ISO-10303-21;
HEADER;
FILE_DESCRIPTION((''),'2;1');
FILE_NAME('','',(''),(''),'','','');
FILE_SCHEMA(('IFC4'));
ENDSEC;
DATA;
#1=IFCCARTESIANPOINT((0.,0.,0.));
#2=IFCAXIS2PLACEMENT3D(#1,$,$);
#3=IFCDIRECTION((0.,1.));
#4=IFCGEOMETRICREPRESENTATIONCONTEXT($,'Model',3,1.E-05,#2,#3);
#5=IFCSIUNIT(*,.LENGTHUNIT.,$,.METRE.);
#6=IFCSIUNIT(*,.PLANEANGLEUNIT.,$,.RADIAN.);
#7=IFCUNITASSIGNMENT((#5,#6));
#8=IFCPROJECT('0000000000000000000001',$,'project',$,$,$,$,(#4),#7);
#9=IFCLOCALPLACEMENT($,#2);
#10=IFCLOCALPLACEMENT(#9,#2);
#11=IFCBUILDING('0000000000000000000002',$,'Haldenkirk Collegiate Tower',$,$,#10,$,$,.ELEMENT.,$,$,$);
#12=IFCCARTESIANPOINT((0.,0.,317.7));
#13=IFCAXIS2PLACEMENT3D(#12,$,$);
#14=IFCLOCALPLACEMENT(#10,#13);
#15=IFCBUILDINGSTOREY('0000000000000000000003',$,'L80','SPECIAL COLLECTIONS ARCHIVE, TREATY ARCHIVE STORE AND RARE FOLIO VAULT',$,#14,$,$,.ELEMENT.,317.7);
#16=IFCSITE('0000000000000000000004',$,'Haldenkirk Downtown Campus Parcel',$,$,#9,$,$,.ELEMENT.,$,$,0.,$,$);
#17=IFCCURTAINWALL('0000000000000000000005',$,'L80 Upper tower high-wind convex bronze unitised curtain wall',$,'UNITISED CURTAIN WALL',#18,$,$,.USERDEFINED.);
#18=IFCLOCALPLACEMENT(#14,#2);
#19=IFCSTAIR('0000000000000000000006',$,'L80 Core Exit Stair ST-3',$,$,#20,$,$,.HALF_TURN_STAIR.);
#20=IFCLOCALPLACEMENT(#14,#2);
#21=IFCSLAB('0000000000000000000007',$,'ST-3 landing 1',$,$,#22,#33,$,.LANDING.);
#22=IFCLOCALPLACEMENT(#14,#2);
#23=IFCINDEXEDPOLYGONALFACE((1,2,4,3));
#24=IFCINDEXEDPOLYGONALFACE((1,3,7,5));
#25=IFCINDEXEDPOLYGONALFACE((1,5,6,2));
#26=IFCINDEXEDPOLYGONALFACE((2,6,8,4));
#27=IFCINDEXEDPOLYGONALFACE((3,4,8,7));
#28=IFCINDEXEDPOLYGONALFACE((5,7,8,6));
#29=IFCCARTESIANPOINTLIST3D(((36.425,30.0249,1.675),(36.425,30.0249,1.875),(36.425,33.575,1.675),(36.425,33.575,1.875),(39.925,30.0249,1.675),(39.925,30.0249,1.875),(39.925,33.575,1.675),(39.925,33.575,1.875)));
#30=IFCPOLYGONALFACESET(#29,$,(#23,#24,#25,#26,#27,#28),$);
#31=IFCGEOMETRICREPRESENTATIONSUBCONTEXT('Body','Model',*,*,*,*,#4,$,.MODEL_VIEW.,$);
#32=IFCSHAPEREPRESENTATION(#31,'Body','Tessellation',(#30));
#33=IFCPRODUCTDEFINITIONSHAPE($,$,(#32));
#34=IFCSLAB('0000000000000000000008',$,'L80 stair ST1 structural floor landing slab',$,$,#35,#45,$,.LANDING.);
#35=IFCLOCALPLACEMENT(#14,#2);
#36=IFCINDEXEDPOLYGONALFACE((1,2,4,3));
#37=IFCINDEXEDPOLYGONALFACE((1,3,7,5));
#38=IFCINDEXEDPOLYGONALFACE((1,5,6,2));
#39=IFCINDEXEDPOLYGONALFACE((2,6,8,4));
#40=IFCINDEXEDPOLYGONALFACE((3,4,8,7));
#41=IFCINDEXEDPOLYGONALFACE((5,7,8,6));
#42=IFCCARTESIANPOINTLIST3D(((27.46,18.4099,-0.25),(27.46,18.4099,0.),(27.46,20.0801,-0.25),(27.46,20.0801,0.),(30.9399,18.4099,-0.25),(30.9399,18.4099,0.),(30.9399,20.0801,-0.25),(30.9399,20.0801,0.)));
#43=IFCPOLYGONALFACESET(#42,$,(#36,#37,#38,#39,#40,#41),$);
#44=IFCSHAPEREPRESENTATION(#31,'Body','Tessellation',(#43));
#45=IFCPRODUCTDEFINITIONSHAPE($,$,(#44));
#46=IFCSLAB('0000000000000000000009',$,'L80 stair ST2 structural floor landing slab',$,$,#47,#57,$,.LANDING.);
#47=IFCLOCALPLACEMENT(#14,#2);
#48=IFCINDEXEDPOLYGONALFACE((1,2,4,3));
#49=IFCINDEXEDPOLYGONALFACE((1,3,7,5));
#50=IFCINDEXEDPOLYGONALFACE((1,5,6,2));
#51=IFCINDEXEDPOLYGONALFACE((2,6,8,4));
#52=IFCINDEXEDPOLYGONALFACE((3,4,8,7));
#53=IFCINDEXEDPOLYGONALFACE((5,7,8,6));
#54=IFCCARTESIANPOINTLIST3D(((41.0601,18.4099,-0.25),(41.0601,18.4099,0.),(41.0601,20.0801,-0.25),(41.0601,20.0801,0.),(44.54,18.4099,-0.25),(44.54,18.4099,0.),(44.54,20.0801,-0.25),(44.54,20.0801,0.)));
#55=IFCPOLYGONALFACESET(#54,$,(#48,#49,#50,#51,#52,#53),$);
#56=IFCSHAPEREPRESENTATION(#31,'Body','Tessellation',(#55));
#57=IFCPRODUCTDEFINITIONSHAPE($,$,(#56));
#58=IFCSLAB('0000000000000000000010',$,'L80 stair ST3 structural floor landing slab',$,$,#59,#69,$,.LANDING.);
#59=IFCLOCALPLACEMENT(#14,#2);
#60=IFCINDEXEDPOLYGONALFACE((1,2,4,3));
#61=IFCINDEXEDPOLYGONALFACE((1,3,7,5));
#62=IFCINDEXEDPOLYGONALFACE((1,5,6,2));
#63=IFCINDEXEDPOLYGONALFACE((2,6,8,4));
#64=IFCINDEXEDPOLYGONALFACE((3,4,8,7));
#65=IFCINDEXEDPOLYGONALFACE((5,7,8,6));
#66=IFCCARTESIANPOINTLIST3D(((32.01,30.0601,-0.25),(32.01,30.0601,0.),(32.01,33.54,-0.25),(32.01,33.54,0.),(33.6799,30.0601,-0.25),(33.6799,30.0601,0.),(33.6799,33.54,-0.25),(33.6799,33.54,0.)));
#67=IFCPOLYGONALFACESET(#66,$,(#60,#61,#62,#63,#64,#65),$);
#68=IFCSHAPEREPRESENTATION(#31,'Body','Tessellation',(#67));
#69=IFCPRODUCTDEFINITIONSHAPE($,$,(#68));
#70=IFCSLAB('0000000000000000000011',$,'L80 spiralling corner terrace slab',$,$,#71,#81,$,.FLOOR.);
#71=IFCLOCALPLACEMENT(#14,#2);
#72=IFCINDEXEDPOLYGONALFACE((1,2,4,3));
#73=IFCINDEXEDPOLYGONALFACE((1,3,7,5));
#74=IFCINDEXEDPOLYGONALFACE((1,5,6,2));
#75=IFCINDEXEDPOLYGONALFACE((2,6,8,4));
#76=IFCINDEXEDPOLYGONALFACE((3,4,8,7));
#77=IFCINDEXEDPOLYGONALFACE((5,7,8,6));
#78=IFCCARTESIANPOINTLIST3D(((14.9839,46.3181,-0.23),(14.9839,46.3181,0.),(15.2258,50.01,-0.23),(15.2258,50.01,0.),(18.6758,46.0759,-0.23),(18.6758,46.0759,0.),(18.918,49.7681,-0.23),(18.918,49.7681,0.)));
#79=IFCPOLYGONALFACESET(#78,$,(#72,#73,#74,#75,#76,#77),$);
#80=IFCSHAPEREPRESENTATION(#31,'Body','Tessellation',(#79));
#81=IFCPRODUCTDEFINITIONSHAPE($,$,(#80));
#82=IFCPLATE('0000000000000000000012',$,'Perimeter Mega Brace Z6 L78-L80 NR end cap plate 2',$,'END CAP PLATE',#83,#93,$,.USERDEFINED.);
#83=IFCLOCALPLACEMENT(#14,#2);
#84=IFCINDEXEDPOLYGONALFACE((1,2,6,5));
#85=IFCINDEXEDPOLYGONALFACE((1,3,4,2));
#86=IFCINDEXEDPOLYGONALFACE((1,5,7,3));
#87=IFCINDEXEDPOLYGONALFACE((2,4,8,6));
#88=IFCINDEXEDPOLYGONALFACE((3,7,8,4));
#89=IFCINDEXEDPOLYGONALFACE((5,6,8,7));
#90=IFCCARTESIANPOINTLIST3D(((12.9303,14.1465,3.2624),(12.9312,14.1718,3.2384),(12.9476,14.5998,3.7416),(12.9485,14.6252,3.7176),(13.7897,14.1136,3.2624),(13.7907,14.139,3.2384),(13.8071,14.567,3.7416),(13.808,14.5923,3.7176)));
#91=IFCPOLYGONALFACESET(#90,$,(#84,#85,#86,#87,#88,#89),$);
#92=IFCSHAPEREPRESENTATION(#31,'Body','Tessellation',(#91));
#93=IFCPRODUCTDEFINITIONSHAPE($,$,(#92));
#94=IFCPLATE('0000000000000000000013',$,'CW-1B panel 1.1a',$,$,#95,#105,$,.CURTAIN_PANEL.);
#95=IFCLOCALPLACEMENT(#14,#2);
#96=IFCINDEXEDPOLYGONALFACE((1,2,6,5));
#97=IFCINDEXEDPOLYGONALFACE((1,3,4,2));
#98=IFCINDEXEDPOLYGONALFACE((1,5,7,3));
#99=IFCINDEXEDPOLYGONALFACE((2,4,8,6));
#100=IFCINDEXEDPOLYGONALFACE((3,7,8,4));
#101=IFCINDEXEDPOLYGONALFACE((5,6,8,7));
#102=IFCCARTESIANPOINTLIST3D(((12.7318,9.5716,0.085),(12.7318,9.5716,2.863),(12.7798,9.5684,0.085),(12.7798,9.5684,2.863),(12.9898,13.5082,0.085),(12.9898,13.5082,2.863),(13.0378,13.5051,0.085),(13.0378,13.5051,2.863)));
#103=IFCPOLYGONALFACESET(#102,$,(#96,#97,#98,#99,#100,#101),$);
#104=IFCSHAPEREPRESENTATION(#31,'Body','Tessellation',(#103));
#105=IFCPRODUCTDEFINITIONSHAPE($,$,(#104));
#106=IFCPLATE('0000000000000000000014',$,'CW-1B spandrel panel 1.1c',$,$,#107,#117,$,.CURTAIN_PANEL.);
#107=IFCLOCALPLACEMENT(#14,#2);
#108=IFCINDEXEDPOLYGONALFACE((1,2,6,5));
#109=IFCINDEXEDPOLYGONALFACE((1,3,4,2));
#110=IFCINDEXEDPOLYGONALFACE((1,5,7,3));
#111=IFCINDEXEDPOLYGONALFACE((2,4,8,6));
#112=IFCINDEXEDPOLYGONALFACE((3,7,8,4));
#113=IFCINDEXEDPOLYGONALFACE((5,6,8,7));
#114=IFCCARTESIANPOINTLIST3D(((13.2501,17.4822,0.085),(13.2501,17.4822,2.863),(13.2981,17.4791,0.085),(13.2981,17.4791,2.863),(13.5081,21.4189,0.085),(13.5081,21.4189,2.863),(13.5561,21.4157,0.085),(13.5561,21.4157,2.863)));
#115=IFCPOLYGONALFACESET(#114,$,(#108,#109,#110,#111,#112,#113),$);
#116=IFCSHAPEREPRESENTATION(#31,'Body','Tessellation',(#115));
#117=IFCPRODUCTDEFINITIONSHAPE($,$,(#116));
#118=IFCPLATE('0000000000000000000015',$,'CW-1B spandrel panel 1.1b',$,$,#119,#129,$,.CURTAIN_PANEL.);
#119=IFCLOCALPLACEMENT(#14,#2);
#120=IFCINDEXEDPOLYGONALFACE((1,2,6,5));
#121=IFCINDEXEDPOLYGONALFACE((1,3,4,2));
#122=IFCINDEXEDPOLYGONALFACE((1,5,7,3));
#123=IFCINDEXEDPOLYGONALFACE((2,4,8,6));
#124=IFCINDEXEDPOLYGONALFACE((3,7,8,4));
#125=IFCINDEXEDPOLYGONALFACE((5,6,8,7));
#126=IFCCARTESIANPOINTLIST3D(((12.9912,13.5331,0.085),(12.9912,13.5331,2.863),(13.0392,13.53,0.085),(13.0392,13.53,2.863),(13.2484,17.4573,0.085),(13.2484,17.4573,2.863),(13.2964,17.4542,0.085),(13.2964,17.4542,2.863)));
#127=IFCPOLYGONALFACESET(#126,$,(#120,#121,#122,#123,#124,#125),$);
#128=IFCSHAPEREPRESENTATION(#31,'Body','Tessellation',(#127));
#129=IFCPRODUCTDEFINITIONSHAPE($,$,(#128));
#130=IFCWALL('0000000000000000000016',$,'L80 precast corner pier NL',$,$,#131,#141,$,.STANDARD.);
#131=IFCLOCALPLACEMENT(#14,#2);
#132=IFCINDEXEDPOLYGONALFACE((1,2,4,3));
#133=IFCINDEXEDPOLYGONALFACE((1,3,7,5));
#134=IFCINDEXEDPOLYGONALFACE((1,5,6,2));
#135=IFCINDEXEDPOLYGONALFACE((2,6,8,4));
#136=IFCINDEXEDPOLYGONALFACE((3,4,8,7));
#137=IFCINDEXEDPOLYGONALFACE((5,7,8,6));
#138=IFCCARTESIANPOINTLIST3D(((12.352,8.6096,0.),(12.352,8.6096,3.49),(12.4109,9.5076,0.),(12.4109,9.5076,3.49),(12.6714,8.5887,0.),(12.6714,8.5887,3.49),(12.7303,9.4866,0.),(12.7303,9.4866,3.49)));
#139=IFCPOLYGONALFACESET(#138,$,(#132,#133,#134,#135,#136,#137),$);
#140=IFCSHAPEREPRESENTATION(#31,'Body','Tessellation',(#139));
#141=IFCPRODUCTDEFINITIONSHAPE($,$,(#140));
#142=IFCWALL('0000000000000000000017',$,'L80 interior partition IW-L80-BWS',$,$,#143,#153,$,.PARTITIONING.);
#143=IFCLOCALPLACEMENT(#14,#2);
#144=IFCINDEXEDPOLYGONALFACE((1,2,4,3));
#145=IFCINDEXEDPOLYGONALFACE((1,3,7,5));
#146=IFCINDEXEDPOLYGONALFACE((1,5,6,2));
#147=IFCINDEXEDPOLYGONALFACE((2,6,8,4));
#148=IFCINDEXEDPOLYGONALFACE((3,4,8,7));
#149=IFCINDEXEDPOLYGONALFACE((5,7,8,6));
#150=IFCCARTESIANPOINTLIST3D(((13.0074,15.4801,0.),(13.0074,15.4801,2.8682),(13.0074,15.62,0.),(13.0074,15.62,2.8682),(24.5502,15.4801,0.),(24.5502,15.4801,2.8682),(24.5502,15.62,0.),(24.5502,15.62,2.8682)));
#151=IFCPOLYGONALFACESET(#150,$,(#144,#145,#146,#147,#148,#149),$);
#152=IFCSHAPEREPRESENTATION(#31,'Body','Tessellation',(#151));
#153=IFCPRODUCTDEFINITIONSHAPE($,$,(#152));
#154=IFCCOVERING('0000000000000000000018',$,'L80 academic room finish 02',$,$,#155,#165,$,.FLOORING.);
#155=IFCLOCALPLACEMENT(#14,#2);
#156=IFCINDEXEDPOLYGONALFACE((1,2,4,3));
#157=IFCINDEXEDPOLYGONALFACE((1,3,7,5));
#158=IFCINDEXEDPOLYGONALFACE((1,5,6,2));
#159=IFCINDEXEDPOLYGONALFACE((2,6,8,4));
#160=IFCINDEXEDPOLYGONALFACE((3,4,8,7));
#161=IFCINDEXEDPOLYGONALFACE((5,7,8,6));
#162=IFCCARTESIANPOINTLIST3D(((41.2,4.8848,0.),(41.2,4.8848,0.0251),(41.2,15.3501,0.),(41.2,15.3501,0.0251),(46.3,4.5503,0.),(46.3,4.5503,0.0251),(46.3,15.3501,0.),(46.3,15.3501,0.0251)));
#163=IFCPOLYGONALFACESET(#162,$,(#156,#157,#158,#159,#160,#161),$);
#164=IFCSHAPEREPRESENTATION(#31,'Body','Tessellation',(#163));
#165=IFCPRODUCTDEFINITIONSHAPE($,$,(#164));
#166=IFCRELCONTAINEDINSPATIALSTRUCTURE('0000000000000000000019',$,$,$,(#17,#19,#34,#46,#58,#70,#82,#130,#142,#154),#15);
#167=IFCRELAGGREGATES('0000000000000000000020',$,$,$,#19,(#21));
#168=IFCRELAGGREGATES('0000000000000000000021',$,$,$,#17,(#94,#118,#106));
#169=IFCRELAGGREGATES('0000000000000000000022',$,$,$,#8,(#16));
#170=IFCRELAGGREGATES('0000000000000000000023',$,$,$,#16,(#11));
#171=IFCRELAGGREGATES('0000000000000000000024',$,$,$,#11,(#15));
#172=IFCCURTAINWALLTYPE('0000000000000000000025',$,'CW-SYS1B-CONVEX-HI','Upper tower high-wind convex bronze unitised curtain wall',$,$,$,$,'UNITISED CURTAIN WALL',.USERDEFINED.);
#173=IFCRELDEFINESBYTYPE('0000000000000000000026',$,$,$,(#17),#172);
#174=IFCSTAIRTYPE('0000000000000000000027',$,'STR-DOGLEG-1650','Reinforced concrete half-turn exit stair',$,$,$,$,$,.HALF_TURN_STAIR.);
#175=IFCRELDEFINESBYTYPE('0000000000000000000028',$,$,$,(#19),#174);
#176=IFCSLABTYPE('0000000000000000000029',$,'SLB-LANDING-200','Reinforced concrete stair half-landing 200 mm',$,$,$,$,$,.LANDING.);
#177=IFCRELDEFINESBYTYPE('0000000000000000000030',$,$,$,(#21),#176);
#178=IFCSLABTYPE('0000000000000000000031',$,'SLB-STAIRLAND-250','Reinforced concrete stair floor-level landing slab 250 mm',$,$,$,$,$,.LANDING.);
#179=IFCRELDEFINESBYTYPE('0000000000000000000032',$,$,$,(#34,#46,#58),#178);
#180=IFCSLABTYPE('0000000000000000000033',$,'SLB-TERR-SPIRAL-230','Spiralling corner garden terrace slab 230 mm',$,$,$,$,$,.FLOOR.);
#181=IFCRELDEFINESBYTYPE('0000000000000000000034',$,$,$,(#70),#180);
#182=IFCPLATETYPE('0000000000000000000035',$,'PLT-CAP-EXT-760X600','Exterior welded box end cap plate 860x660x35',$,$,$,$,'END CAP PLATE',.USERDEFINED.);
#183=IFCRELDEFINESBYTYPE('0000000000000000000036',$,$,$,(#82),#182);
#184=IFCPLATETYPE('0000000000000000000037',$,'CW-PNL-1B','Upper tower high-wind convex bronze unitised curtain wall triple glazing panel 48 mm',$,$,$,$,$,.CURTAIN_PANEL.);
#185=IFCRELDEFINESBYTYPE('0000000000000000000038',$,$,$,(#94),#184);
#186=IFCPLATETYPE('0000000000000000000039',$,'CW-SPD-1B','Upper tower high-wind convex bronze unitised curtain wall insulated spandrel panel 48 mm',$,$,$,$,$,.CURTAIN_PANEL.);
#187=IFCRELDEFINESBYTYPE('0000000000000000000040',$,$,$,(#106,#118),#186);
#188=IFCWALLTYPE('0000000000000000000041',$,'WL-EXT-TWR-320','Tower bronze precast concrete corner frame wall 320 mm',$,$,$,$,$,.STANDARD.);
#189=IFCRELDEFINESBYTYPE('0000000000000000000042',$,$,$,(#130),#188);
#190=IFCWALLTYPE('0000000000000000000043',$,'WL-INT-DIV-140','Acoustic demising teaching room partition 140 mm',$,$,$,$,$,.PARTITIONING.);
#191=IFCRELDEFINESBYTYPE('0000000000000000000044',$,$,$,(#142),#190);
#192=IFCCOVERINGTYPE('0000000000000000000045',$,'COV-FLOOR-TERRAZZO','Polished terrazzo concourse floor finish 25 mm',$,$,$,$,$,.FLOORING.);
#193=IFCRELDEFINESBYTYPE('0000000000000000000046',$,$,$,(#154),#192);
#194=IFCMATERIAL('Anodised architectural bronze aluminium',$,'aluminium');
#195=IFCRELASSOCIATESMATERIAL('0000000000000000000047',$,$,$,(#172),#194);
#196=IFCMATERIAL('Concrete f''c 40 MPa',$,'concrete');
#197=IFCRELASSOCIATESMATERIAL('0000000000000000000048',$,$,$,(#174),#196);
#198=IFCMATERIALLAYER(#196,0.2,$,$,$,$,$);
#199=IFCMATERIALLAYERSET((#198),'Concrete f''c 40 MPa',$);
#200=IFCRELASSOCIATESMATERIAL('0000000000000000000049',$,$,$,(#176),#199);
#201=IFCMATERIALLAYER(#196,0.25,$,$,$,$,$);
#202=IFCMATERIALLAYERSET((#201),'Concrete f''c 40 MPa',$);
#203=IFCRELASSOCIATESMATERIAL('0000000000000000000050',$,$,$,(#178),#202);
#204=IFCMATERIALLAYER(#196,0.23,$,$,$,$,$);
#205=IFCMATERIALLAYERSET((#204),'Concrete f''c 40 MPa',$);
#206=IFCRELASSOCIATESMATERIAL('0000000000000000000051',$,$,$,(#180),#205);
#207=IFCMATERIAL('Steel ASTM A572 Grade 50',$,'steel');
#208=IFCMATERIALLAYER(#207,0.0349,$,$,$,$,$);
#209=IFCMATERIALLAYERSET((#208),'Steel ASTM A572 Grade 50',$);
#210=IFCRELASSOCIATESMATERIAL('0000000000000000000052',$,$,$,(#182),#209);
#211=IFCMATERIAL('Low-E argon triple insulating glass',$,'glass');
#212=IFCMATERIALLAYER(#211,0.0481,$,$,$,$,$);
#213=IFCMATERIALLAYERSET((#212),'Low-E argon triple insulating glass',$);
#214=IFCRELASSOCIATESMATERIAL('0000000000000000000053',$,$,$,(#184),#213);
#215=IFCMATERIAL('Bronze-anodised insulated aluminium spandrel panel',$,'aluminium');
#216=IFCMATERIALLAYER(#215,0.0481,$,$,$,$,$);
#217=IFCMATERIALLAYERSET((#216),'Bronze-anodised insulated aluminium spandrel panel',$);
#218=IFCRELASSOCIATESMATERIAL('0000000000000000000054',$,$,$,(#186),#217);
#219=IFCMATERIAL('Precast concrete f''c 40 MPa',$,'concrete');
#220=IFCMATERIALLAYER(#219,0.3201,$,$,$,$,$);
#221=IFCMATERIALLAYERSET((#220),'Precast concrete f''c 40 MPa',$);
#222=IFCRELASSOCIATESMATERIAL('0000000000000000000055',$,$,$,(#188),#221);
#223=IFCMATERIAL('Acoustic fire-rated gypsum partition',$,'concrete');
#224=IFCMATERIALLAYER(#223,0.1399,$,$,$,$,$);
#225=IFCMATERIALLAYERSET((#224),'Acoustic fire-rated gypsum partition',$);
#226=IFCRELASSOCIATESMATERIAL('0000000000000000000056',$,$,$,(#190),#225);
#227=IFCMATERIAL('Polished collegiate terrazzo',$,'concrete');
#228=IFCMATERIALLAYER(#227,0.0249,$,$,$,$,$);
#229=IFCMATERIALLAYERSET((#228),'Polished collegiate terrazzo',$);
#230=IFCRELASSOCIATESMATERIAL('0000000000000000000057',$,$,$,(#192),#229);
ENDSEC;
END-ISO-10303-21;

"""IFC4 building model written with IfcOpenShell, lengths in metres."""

from ifc_helpers import new_model, si_unit, direction, frame, frame_2d, origin, origin_2d, place, context, subcontext, project, spatial, polyline, rectangle, outline, extrude, source, transform, mapped, material, layer, layer_set, type_object, element, aggregate, save


model = new_model("IFC4")

# Units and contexts
model_context = context("Model", 3, precision=1e-05, world=origin(), true_north=direction((0.0, 1.0)))
body_context = subcontext(model_context, "Body", "Model", "MODEL_VIEW")
ifc_project = project(units=[si_unit("LENGTHUNIT", "METRE"), si_unit("PLANEANGLEUNIT", "RADIAN")], contexts=[model_context])

# Site, building, storey
site_placement = place(None, origin())
site = spatial("IfcSite", under=ifc_project, at=site_placement, Name="Haldenkirk Downtown Campus Parcel", CompositionType="ELEMENT", RefElevation=0.0)
building_placement = place(site_placement, origin())
building = spatial("IfcBuilding", under=site, at=building_placement, Name="Haldenkirk Collegiate Tower", CompositionType="ELEMENT")
storey_placement = place(building_placement, frame((0.0, 0.0, 317.7)))
storey = spatial("IfcBuildingStorey", under=building, at=storey_placement, Name="L80", Description="SPECIAL COLLECTIONS ARCHIVE, TREATY ARCHIVE STORE AND RARE FOLIO VAULT", CompositionType="ELEMENT", Elevation=317.7)

# Curtain wall
ifc_material_1 = material(Name="Anodised architectural bronze aluminium", Category="aluminium")
curtain_wall_type = type_object("IfcCurtainWallType", Name="CW-SYS1B-CONVEX-HI", Description="Upper tower high-wind convex bronze unitised curtain wall", ElementType="UNITISED CURTAIN WALL", PredefinedType="USERDEFINED", material=ifc_material_1)
curtain_wall_placement = place(storey_placement, origin())
curtain_wall = element("IfcCurtainWall", 1, at=curtain_wall_placement, inside=storey, type_object=curtain_wall_type, Name="L80 Upper tower high-wind convex bronze unitised curtain wall", ObjectType="UNITISED CURTAIN WALL", PredefinedType="USERDEFINED")

# Shared definitions
ifc_material_2 = material(Name="Concrete f'c 40 MPa", Category="concrete")

# Stair, slab
stair_type = type_object("IfcStairType", Name="STR-DOGLEG-1650", Description="Reinforced concrete half-turn exit stair", PredefinedType="HALF_TURN_STAIR", material=ifc_material_2)
ifc_layer_1 = layer(ifc_material_2, 0.2)
ifc_layer_set_1 = layer_set([ifc_layer_1], Name="Concrete f'c 40 MPa")
slab_type_1 = type_object("IfcSlabType", Name="SLB-LANDING-200", Description="Reinforced concrete stair half-landing 200 mm", PredefinedType="LANDING", material=ifc_layer_set_1)
stair_1_placement = place(storey_placement, origin())
stair_1 = element("IfcStair", 2, at=stair_1_placement, inside=storey, type_object=stair_type, Name="L80 Core Exit Stair ST-3", PredefinedType="HALF_TURN_STAIR")
slab_1_placement = place(storey_placement, frame((0.0, 0.0, 1.675)))
slab_1 = element("IfcSlab", 3, at=slab_1_placement, type_object=slab_type_1, Name="ST-3 landing 1", PredefinedType="LANDING", context=body_context, shape_type="SweptSolid", body=[
    extrude(outline(polyline([(36.425, 30.0249), (36.425, 33.575), (39.925, 33.575), (39.925, 30.0249), (36.425, 30.0249)])), origin(), (0.0, 0.0, 1.0), 0.2),
])
aggregate(stair_1, [slab_1])

# Slabs
ifc_layer_2 = layer(ifc_material_2, 0.25)
ifc_layer_set_2 = layer_set([ifc_layer_2], Name="Concrete f'c 40 MPa")
slab_type_2 = type_object("IfcSlabType", Name="SLB-STAIRLAND-250", Description="Reinforced concrete stair floor-level landing slab 250 mm", PredefinedType="LANDING", material=ifc_layer_set_2)
slab_2_placement = place(storey_placement, frame((0.0, 0.0, -0.25)))
element("IfcSlab", 4, at=slab_2_placement, inside=storey, type_object=slab_type_2, Name="L80 stair ST1 structural floor landing slab", PredefinedType="LANDING", context=body_context, shape_type="SweptSolid", body=[
    extrude(outline(polyline([(27.46, 18.4099), (30.9399, 18.4099), (30.9399, 20.0801), (27.46, 20.0801), (27.46, 18.4099)])), origin(), (0.0, 0.0, 1.0), 0.25),
])
slab_3_placement = place(storey_placement, frame((0.0, 0.0, -0.25)))
element("IfcSlab", 5, at=slab_3_placement, inside=storey, type_object=slab_type_2, Name="L80 stair ST2 structural floor landing slab", PredefinedType="LANDING", context=body_context, shape_type="SweptSolid", body=[
    extrude(outline(polyline([(41.0601, 18.4099), (44.54, 18.4099), (44.54, 20.0801), (41.0601, 20.0801), (41.0601, 18.4099)])), origin(), (0.0, 0.0, 1.0), 0.25),
])
slab_4_placement = place(storey_placement, frame((0.0, 0.0, -0.25)))
element("IfcSlab", 6, at=slab_4_placement, inside=storey, type_object=slab_type_2, Name="L80 stair ST3 structural floor landing slab", PredefinedType="LANDING", context=body_context, shape_type="SweptSolid", body=[
    extrude(outline(polyline([(32.01, 30.0601), (33.6799, 30.0601), (33.6799, 33.54), (32.01, 33.54), (32.01, 30.0601)])), origin(), (0.0, 0.0, 1.0), 0.25),
])
ifc_layer_3 = layer(ifc_material_2, 0.23)
ifc_layer_set_3 = layer_set([ifc_layer_3], Name="Concrete f'c 40 MPa")
slab_type_3 = type_object("IfcSlabType", Name="SLB-TERR-SPIRAL-230", Description="Spiralling corner garden terrace slab 230 mm", PredefinedType="FLOOR", material=ifc_layer_set_3)
slab_5_placement = place(storey_placement, frame((0.0, 0.0, -0.23)))
element("IfcSlab", 7, at=slab_5_placement, inside=storey, type_object=slab_type_3, Name="L80 spiralling corner terrace slab", PredefinedType="FLOOR", context=body_context, shape_type="SweptSolid", body=[
    extrude(outline(polyline([(18.6758, 46.0759), (18.918, 49.7681), (15.2258, 50.01), (14.9839, 46.3181), (18.6758, 46.0759)])), origin(), (0.0, 0.0, 1.0), 0.23),
])

# Plates
ifc_material_3 = material(Name="Steel ASTM A572 Grade 50", Category="steel")
ifc_layer_4 = layer(ifc_material_3, 0.0349)
ifc_layer_set_4 = layer_set([ifc_layer_4], Name="Steel ASTM A572 Grade 50")
plate_type_1 = type_object("IfcPlateType", Name="PLT-CAP-EXT-760X600", Description="Exterior welded box end cap plate 860x660x35", ElementType="END CAP PLATE", PredefinedType="USERDEFINED", material=ifc_layer_set_4)
shared_shape_1 = source(origin(), body_context, "Body", "SweptSolid", [
    extrude(rectangle(XDim=0.8601, YDim=0.6599, at=origin_2d()), origin(), (0.0, 0.0, 1.0), 0.0349),
])
plate_1_placement = place(storey_placement, frame((13.3696, 14.3821, 3.478), z_axis=(-0.02772, -0.725653, 0.687502), x_axis=(0.999271, -0.038172, 0.0)))
element("IfcPlate", 8, at=plate_1_placement, inside=storey, type_object=plate_type_1, Name="Perimeter Mega Brace Z6 L78-L80 NR end cap plate 2", ObjectType="END CAP PLATE", PredefinedType="USERDEFINED", context=body_context, shape_type="MappedRepresentation", body=[
    mapped(shared_shape_1, transform((0.0, 0.0, 0.0), x_axis=(1.0, 0.0, 0.0), y_axis=(0.0, 1.0, 0.0), z_axis=(0.0, 0.0, 1.0), scale=1.0)),
])
ifc_material_4 = material(Name="Low-E argon triple insulating glass", Category="glass")
ifc_layer_5 = layer(ifc_material_4, 0.0481)
ifc_layer_set_5 = layer_set([ifc_layer_5], Name="Low-E argon triple insulating glass")
plate_type_2 = type_object("IfcPlateType", Name="CW-PNL-1B", Description="Upper tower high-wind convex bronze unitised curtain wall triple glazing panel 48 mm", PredefinedType="CURTAIN_PANEL", material=ifc_layer_set_5)
shared_shape_2 = source(origin(), body_context, "Body", "SweptSolid", [
    extrude(rectangle(XDim=3.9451, YDim=0.0481, at=origin_2d()), origin(), (0.0, 0.0, 1.0), 2.7781),
])
plate_2_placement = place(storey_placement, frame((12.8848, 11.5383, 0.085), z_axis=(0.0, 0.0, 1.0), x_axis=(0.065403, 0.997859, 0.0)))
plate_2 = element("IfcPlate", 9, at=plate_2_placement, type_object=plate_type_2, Name="CW-1B panel 1.1a", PredefinedType="CURTAIN_PANEL", context=body_context, shape_type="MappedRepresentation", body=[
    mapped(shared_shape_2, transform((0.0, 0.0, 0.0), x_axis=(1.0, 0.0, 0.0), y_axis=(0.0, 1.0, 0.0), z_axis=(0.0, 0.0, 1.0), scale=1.0)),
])
ifc_material_5 = material(Name="Bronze-anodised insulated aluminium spandrel panel", Category="aluminium")
ifc_layer_6 = layer(ifc_material_5, 0.0481)
ifc_layer_set_6 = layer_set([ifc_layer_6], Name="Bronze-anodised insulated aluminium spandrel panel")
plate_type_3 = type_object("IfcPlateType", Name="CW-SPD-1B", Description="Upper tower high-wind convex bronze unitised curtain wall insulated spandrel panel 48 mm", PredefinedType="CURTAIN_PANEL", material=ifc_layer_set_6)
plate_3_placement = place(storey_placement, frame((13.4031, 19.449, 0.085), z_axis=(0.0, 0.0, 1.0), x_axis=(0.065403, 0.997859, 0.0)))
plate_3 = element("IfcPlate", 10, at=plate_3_placement, type_object=plate_type_3, Name="CW-1B spandrel panel 1.1c", PredefinedType="CURTAIN_PANEL", context=body_context, shape_type="MappedRepresentation", body=[
    mapped(shared_shape_2, transform((0.0, 0.0, 0.0), x_axis=(1.0, 0.0, 0.0), y_axis=(0.0, 1.0, 0.0), z_axis=(0.0, 0.0, 1.0), scale=1.0)),
])
shared_shape_3 = source(origin(), body_context, "Body", "SweptSolid", [
    extrude(rectangle(XDim=3.9326, YDim=0.0481, at=origin_2d()), origin(), (0.0, 0.0, 1.0), 2.7781),
])
plate_4_placement = place(storey_placement, frame((13.1438, 15.4937, 0.085), z_axis=(0.0, 0.0, 1.0), x_axis=(0.065403, 0.997859, 0.0)))
plate_4 = element("IfcPlate", 11, at=plate_4_placement, type_object=plate_type_3, Name="CW-1B spandrel panel 1.1b", PredefinedType="CURTAIN_PANEL", context=body_context, shape_type="MappedRepresentation", body=[
    mapped(shared_shape_3, transform((0.0, 0.0, 0.0), x_axis=(1.0, 0.0, 0.0), y_axis=(0.0, 1.0, 0.0), z_axis=(0.0, 0.0, 1.0), scale=1.0)),
])
aggregate(curtain_wall, [plate_2, plate_4, plate_3])

# Walls
ifc_material_6 = material(Name="Precast concrete f'c 40 MPa", Category="concrete")
ifc_layer_7 = layer(ifc_material_6, 0.3201)
ifc_layer_set_7 = layer_set([ifc_layer_7], Name="Precast concrete f'c 40 MPa")
wall_type_1 = type_object("IfcWallType", Name="WL-EXT-TWR-320", Description="Tower bronze precast concrete corner frame wall 320 mm", PredefinedType="STANDARD", material=ifc_layer_set_7)
wall_1_placement = place(storey_placement, frame((12.5117, 8.5991, 0.0), z_axis=(0.0, 0.0, 1.0), x_axis=(0.065385, 0.99786, 0.0)))
element("IfcWall", 12, at=wall_1_placement, inside=storey, type_object=wall_type_1, Name="L80 precast corner pier NL", PredefinedType="STANDARD", context=body_context, shape_type="SweptSolid", body=[
    extrude(rectangle(XDim=0.8999, YDim=0.3201, at=frame_2d((0.45, 0.0))), origin(), (0.0, 0.0, 1.0), 3.49),
])
ifc_material_7 = material(Name="Acoustic fire-rated gypsum partition", Category="concrete")
ifc_layer_8 = layer(ifc_material_7, 0.1399)
ifc_layer_set_8 = layer_set([ifc_layer_8], Name="Acoustic fire-rated gypsum partition")
wall_type_2 = type_object("IfcWallType", Name="WL-INT-DIV-140", Description="Acoustic demising teaching room partition 140 mm", PredefinedType="PARTITIONING", material=ifc_layer_set_8)
wall_2_placement = place(storey_placement, frame((13.0073, 15.55, 0.0), z_axis=(0.0, 0.0, 1.0), x_axis=(1.0, 0.0, 0.0)))
element("IfcWall", 13, at=wall_2_placement, inside=storey, type_object=wall_type_2, Name="L80 interior partition IW-L80-BWS", PredefinedType="PARTITIONING", context=body_context, shape_type="SweptSolid", body=[
    extrude(rectangle(XDim=11.5427, YDim=0.1399, at=frame_2d((5.7715, 0.0))), origin(), (0.0, 0.0, 1.0), 2.8682),
])

# Covering
ifc_material_8 = material(Name="Polished collegiate terrazzo", Category="concrete")
ifc_layer_9 = layer(ifc_material_8, 0.0249)
ifc_layer_set_9 = layer_set([ifc_layer_9], Name="Polished collegiate terrazzo")
covering_type_1 = type_object("IfcCoveringType", Name="COV-FLOOR-TERRAZZO", Description="Polished terrazzo concourse floor finish 25 mm", PredefinedType="FLOORING", material=ifc_layer_set_9)
covering_1_placement = place(storey_placement, origin())
element("IfcCovering", 14, at=covering_1_placement, inside=storey, type_object=covering_type_1, Name="L80 academic room finish 02", PredefinedType="FLOORING", context=body_context, shape_type="SweptSolid", body=[
    extrude(outline(polyline([(41.2, 4.8848), (41.2, 15.3501), (46.3, 15.3501), (46.3, 4.5503), (41.2, 4.8848)])), origin(), (0.0, 0.0, 1.0), 0.0251),
])

save(model, "model.ifc")
